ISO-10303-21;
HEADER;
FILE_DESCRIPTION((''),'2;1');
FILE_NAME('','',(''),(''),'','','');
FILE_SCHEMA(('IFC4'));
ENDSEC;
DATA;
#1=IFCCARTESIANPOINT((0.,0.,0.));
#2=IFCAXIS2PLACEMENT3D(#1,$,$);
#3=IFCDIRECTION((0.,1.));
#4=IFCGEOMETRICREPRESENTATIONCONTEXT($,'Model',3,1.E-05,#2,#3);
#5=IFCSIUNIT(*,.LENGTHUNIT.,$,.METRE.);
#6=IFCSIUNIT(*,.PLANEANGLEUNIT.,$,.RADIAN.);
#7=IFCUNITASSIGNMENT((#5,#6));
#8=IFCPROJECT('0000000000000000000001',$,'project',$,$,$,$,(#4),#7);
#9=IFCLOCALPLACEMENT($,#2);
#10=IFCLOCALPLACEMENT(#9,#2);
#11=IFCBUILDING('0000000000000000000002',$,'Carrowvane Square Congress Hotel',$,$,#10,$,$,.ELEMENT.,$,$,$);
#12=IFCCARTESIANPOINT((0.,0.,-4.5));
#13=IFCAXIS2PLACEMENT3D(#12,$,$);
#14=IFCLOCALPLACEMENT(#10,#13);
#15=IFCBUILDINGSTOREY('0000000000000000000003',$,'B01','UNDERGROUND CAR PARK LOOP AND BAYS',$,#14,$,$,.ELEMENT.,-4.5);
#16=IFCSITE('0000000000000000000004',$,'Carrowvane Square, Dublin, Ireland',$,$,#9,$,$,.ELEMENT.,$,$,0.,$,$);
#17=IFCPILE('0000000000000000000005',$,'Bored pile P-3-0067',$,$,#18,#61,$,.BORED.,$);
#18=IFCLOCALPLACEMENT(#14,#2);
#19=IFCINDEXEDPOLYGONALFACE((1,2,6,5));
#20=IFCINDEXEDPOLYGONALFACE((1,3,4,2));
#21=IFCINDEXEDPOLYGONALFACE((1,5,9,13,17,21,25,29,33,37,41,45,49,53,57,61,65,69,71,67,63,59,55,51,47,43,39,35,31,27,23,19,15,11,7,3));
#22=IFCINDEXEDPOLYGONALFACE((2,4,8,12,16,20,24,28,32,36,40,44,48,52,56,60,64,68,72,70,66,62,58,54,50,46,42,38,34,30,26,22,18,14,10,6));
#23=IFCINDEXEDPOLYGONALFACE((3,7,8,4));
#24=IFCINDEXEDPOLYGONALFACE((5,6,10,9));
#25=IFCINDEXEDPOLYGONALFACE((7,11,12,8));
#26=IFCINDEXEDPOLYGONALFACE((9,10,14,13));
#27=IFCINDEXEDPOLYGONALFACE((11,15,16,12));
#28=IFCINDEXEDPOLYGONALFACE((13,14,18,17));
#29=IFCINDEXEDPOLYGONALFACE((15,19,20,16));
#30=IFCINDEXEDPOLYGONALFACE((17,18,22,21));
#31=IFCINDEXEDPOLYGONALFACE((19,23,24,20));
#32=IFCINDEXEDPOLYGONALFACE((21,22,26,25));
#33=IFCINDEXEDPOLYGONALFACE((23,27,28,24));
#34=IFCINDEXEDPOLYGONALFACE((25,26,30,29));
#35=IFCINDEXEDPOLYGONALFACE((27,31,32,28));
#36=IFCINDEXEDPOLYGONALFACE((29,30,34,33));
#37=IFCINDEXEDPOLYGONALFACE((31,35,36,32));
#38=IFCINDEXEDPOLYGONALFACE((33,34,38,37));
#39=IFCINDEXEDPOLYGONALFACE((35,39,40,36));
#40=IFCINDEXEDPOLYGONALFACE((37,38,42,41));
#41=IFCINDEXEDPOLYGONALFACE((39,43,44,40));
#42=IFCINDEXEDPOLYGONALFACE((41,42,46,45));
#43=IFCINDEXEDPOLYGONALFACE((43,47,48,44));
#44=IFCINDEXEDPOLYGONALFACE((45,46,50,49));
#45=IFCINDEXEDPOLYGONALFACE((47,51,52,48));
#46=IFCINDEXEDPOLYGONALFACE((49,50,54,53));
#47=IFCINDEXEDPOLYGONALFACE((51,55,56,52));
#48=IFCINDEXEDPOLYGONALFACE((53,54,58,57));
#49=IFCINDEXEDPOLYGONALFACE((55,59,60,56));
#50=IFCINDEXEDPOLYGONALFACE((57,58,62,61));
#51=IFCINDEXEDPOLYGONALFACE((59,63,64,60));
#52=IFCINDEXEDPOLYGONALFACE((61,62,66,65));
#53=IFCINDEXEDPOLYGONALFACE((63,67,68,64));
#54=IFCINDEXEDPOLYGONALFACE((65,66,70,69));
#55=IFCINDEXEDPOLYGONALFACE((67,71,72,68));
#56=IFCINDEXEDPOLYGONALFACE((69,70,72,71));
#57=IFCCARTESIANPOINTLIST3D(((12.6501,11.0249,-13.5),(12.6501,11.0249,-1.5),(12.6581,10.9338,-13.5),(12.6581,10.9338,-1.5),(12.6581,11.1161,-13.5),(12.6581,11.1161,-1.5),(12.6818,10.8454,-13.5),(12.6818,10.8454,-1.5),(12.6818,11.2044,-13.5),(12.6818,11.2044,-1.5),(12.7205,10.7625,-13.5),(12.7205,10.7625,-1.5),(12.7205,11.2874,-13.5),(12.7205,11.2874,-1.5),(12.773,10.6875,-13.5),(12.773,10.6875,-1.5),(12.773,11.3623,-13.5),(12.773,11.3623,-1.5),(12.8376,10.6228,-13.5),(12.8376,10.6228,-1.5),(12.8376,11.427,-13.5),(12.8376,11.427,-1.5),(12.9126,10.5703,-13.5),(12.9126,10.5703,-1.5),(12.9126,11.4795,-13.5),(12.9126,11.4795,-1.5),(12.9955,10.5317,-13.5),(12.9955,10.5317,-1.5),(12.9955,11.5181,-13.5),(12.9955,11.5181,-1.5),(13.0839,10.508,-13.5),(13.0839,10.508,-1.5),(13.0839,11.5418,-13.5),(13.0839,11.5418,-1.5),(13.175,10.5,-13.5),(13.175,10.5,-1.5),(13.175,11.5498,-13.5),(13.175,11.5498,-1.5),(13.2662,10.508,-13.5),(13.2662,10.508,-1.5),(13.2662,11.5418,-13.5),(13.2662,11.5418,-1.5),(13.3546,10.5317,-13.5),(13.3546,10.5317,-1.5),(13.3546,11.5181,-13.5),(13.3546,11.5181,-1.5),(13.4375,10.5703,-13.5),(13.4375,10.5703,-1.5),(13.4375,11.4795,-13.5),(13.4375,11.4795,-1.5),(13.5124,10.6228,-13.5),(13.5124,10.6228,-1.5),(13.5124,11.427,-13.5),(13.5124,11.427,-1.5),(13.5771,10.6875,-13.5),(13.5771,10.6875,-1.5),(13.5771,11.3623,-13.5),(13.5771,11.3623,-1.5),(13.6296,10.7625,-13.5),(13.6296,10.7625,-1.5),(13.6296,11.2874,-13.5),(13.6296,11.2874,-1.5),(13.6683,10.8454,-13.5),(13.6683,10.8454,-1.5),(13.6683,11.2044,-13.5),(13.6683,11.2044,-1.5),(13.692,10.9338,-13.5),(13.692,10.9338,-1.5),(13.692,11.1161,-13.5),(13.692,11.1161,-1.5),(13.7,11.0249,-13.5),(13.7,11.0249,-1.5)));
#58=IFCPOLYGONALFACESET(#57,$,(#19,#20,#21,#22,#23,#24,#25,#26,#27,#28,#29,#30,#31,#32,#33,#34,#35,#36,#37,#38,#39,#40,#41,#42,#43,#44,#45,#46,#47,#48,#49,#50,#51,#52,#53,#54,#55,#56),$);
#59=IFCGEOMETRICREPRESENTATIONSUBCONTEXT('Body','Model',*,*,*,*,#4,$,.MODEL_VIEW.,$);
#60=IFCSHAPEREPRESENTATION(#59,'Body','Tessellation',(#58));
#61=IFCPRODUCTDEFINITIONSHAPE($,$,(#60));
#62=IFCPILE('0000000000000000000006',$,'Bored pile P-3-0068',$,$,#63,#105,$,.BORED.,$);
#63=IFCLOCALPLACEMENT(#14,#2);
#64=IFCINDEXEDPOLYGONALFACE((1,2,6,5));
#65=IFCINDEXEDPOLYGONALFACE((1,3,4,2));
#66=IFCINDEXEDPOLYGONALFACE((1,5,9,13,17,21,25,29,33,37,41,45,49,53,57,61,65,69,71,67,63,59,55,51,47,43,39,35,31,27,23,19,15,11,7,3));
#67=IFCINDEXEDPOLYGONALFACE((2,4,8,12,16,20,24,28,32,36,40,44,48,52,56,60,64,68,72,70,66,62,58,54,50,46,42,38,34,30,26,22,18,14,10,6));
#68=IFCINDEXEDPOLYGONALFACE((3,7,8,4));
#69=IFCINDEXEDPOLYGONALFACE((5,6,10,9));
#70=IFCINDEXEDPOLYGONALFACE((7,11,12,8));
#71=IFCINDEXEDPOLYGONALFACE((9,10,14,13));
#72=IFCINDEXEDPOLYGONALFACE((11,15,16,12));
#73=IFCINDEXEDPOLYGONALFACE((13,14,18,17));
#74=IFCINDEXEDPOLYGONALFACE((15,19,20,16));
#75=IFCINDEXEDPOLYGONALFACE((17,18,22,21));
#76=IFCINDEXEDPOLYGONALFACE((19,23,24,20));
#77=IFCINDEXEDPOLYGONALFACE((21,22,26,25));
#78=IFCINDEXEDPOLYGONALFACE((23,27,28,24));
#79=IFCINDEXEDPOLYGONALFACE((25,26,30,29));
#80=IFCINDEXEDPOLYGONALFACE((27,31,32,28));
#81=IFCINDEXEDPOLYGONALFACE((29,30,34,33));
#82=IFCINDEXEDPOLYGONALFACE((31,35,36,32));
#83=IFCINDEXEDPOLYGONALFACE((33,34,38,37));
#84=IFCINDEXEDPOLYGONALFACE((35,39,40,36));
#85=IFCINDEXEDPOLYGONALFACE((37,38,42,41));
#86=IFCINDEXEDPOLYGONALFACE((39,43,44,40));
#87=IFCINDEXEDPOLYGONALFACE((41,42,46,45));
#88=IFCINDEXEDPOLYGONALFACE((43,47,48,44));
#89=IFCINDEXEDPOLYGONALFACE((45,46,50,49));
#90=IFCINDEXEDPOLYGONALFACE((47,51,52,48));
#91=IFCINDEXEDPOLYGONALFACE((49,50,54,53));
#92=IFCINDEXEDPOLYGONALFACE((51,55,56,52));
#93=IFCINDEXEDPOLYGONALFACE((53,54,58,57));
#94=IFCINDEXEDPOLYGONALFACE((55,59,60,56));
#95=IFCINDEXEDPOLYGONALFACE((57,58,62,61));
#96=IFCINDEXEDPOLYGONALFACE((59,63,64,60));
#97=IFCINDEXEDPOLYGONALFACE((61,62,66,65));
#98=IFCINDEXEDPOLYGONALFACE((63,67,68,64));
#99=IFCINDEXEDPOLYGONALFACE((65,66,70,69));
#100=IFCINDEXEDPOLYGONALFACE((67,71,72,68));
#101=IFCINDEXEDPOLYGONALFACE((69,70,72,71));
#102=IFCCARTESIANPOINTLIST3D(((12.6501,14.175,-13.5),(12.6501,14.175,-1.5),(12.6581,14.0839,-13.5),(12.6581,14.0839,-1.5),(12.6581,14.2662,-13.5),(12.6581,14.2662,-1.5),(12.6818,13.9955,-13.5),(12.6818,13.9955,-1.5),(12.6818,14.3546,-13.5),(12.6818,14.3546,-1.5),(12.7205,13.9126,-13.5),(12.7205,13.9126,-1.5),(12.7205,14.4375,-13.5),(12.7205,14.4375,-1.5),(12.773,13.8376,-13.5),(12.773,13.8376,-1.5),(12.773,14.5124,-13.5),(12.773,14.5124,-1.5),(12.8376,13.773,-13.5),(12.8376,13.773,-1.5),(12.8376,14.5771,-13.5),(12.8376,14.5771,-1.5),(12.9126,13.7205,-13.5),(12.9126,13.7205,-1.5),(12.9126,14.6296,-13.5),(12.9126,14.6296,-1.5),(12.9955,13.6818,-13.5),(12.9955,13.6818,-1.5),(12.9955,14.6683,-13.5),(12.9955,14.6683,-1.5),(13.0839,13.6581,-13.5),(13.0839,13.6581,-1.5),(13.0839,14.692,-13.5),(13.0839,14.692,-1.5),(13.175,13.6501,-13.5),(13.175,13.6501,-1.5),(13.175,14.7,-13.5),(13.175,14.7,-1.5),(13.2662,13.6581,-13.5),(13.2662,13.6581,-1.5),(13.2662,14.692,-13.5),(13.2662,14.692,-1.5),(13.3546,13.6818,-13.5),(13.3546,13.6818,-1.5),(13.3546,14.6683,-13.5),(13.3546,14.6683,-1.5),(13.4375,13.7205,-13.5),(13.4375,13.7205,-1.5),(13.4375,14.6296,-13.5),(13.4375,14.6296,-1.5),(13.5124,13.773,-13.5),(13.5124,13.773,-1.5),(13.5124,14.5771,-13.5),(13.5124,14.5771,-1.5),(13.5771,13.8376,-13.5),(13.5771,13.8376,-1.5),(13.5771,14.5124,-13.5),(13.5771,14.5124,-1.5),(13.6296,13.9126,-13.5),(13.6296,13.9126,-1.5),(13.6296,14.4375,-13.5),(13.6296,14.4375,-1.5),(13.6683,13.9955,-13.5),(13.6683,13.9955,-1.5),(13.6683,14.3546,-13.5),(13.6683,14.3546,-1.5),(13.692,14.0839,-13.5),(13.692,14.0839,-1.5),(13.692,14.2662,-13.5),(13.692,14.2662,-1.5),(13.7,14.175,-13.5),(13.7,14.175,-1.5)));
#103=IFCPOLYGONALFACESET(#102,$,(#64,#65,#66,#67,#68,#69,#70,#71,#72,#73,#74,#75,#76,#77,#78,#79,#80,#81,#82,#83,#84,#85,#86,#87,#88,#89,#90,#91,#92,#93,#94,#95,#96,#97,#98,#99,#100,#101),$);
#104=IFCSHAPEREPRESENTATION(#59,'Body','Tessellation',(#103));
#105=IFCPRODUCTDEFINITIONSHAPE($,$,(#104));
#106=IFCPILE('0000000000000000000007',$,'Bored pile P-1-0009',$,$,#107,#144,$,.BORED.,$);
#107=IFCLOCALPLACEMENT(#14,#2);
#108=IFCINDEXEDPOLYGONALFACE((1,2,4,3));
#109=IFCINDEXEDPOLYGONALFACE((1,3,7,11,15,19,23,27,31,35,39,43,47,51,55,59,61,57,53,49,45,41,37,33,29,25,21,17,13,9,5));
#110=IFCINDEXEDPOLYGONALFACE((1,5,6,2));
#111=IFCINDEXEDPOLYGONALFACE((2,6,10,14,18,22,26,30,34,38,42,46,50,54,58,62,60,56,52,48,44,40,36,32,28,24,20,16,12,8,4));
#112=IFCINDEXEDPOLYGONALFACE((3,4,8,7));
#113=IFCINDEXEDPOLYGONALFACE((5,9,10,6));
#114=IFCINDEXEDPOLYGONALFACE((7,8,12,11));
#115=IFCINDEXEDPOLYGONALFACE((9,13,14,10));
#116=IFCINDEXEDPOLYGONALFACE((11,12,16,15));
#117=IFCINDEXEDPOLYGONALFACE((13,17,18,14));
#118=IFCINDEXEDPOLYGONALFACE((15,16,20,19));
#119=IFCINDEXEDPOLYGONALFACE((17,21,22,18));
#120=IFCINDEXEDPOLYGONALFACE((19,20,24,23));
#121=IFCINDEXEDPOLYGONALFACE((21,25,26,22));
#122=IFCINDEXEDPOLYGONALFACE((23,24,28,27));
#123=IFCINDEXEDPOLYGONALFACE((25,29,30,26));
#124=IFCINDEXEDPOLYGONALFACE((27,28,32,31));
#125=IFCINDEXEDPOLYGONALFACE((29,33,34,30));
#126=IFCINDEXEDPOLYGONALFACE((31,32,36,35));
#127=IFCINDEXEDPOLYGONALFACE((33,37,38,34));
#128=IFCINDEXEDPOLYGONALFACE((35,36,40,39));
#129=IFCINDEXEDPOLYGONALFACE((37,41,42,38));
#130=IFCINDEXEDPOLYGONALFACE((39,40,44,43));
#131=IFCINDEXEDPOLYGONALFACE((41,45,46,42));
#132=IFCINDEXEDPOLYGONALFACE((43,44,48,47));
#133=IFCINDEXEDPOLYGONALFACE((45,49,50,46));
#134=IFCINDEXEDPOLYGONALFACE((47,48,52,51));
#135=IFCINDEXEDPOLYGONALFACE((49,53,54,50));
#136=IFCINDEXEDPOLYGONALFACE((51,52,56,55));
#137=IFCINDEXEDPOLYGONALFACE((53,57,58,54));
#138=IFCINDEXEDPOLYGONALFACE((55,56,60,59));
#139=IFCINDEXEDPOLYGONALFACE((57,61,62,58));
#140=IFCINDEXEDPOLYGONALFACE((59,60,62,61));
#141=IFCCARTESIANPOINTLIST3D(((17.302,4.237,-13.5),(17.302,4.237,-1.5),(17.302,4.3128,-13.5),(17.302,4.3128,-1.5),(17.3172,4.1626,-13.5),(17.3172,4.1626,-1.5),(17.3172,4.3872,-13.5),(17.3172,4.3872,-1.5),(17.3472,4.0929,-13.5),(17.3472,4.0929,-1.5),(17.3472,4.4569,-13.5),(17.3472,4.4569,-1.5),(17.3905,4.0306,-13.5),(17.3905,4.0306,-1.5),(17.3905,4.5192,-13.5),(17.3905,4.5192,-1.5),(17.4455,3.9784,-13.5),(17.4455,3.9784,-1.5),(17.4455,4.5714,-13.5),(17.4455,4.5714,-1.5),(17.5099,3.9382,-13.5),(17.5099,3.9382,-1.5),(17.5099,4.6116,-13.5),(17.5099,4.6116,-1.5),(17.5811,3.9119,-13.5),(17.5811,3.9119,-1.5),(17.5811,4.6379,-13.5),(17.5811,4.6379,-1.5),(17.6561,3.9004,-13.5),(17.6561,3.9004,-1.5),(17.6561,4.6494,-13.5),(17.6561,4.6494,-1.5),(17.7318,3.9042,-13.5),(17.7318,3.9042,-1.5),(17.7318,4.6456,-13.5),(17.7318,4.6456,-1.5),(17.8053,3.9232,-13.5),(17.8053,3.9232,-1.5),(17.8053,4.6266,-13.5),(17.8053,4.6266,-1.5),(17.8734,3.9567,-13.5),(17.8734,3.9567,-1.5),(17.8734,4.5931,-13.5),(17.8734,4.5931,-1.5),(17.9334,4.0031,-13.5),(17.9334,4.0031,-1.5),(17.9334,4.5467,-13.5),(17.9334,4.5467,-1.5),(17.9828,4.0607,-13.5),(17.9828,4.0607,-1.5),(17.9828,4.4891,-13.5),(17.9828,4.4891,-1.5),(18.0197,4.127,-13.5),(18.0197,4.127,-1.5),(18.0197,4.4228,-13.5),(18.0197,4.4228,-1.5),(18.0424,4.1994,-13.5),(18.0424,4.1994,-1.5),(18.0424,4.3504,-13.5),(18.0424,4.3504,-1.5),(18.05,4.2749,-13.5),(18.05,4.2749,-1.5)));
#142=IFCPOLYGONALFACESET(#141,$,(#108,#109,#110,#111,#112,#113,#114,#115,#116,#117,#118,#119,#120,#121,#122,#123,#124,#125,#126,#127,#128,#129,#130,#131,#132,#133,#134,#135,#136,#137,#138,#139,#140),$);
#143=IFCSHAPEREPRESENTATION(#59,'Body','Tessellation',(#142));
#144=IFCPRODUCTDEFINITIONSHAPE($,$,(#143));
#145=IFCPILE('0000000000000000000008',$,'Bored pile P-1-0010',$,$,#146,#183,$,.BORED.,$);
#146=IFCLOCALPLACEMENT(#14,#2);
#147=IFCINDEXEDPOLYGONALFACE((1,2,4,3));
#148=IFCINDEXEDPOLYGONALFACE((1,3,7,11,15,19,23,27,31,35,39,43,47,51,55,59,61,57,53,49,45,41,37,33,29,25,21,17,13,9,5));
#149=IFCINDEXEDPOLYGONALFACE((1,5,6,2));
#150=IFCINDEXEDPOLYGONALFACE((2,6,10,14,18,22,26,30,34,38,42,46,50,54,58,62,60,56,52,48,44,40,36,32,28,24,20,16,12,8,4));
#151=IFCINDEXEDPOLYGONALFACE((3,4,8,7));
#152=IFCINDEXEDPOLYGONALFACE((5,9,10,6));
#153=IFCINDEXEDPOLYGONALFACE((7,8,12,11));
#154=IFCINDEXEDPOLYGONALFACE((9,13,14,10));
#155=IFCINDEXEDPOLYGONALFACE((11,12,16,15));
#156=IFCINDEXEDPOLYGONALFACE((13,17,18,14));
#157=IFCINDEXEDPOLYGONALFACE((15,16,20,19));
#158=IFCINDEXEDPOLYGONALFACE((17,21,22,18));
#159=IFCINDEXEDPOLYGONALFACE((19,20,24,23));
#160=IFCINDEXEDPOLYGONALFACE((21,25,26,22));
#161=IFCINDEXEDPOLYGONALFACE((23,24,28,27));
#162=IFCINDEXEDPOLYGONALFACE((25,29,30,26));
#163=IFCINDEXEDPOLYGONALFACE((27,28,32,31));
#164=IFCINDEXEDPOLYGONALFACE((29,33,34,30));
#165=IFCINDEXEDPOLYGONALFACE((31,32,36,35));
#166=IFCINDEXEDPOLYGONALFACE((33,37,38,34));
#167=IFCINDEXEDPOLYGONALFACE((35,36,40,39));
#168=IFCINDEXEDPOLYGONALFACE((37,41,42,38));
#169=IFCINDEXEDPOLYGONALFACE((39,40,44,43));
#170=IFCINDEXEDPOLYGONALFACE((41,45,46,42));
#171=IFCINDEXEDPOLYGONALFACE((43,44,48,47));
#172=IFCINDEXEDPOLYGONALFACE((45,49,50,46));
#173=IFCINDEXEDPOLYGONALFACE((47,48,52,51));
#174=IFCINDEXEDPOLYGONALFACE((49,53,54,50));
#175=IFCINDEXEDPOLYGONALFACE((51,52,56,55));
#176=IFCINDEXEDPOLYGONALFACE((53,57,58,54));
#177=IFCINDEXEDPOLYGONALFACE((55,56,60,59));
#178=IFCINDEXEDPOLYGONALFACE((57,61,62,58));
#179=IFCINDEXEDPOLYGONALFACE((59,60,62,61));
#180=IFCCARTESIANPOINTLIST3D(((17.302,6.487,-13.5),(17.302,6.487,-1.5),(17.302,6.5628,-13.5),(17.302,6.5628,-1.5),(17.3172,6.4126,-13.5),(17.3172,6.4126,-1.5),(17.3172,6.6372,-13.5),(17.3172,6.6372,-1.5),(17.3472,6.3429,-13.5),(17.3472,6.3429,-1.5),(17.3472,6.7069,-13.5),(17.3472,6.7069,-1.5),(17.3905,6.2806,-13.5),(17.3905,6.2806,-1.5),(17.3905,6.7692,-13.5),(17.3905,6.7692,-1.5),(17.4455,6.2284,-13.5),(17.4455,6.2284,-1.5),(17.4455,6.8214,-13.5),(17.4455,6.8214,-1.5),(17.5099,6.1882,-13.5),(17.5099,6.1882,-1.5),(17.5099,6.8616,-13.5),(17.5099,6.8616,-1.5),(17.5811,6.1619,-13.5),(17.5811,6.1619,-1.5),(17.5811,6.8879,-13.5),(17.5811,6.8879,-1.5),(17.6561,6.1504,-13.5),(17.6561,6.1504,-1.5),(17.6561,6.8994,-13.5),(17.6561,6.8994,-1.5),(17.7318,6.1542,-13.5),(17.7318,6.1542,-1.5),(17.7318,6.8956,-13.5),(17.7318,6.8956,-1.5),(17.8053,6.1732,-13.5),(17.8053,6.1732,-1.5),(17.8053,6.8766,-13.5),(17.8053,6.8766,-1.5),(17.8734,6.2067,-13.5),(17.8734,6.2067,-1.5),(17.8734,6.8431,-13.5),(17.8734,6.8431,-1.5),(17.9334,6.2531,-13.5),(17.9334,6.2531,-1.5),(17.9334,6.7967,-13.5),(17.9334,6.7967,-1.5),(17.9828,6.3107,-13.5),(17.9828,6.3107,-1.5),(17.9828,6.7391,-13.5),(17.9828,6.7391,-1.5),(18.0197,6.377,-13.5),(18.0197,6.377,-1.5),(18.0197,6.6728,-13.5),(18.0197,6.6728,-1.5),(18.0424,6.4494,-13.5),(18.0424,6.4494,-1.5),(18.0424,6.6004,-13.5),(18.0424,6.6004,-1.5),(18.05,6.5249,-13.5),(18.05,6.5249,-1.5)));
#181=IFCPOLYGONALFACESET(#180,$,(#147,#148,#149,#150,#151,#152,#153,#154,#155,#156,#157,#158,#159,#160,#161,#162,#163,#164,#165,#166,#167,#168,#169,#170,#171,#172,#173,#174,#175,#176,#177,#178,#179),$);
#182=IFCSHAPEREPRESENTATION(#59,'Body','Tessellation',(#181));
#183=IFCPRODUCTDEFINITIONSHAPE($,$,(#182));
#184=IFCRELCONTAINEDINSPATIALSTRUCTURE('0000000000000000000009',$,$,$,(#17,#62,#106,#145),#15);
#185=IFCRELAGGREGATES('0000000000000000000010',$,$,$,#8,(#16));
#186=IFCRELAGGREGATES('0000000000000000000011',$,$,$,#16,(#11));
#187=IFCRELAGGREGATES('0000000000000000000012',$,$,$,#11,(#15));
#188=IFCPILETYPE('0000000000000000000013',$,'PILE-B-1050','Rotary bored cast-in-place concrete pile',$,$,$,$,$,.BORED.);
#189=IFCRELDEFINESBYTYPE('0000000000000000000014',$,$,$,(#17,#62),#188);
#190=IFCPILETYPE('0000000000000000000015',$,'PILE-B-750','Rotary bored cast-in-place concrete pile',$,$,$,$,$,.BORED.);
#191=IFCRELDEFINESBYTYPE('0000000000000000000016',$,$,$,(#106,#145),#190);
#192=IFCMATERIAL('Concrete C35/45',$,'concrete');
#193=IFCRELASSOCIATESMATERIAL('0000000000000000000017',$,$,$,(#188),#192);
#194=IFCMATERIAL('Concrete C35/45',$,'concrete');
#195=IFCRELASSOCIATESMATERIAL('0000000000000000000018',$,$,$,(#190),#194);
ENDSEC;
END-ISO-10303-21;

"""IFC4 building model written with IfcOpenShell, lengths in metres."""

from ifc_helpers import new_model, si_unit, direction, frame, origin, origin_2d, place, context, subcontext, project, spatial, circle, extrude, material, material_profile, profile_set, type_object, element, save


model = new_model("IFC4")

# Units and contexts
model_context = context("Model", 3, precision=1e-05, world=origin(), true_north=direction((0.0, 1.0)))
body_context = subcontext(model_context, "Body", "Model", "MODEL_VIEW")
ifc_project = project(units=[si_unit("LENGTHUNIT", "METRE"), si_unit("PLANEANGLEUNIT", "RADIAN")], contexts=[model_context])

# Site, building, storey
site_placement = place(None, origin())
site = spatial("IfcSite", under=ifc_project, at=site_placement, Name="Carrowvane Square, Dublin, Ireland", CompositionType="ELEMENT", RefElevation=0.0)
building_placement = place(site_placement, origin())
building = spatial("IfcBuilding", under=site, at=building_placement, Name="Carrowvane Square Congress Hotel", CompositionType="ELEMENT")
storey_placement = place(building_placement, frame((0.0, 0.0, -4.5)))
storey = spatial("IfcBuildingStorey", under=building, at=storey_placement, Name="B01", Description="UNDERGROUND CAR PARK LOOP AND BAYS", CompositionType="ELEMENT", Elevation=-4.5)

# Piles
ifc_material_1 = material(Name="Concrete C35/45", Category="concrete")
ifc_material_profile_1 = material_profile(ifc_material_1, circle(Radius=0.5249, at=origin_2d()), Name="PILE D1050")
ifc_profile_set_1 = profile_set([ifc_material_profile_1], Name="Concrete C35/45")
pile_type_1 = type_object("IfcPileType", Name="PILE-B-1050", Description="Rotary bored cast-in-place concrete pile", PredefinedType="BORED", material=ifc_profile_set_1)
for number, where, z_axis, x_axis, name in (
    (1, (13.175, 11.0249, -1.5), (0.0, 0.0, -1.0), (1.0, 0.0, 0.0), "Bored pile P-3-0067"),
    (2, (13.175, 14.175, -1.5), (0.0, 0.0, -1.0), (1.0, 0.0, 0.0), "Bored pile P-3-0068"),
):
    element("IfcPile", number, at=place(storey_placement, frame(where, z_axis=z_axis, x_axis=x_axis)), inside=storey, type_object=pile_type_1, Name=name, PredefinedType="BORED", context=body_context, shape_type="SweptSolid", body=[
        extrude(circle(Radius=0.5249, at=origin_2d()), origin(), (0.0, 0.0, 1.0), 12.0),
    ])
ifc_material_2 = material(Name="Concrete C35/45", Category="concrete")
ifc_material_profile_2 = material_profile(ifc_material_2, circle(Radius=0.375, at=origin_2d()), Name="PILE D750")
ifc_profile_set_2 = profile_set([ifc_material_profile_2], Name="Concrete C35/45")
pile_type_2 = type_object("IfcPileType", Name="PILE-B-750", Description="Rotary bored cast-in-place concrete pile", PredefinedType="BORED", material=ifc_profile_set_2)
for number, where, z_axis, x_axis, name in (
    (3, (17.675, 4.2749, -1.5), (0.0, 0.0, -1.0), (1.0, 0.0, 0.0), "Bored pile P-1-0009"),
    (4, (17.675, 6.5249, -1.5), (0.0, 0.0, -1.0), (1.0, 0.0, 0.0), "Bored pile P-1-0010"),
):
    element("IfcPile", number, at=place(storey_placement, frame(where, z_axis=z_axis, x_axis=x_axis)), inside=storey, type_object=pile_type_2, Name=name, PredefinedType="BORED", context=body_context, shape_type="SweptSolid", body=[
        extrude(circle(Radius=0.375, at=origin_2d()), origin(), (0.0, 0.0, 1.0), 12.0),
    ])

save(model, "model.ifc")
